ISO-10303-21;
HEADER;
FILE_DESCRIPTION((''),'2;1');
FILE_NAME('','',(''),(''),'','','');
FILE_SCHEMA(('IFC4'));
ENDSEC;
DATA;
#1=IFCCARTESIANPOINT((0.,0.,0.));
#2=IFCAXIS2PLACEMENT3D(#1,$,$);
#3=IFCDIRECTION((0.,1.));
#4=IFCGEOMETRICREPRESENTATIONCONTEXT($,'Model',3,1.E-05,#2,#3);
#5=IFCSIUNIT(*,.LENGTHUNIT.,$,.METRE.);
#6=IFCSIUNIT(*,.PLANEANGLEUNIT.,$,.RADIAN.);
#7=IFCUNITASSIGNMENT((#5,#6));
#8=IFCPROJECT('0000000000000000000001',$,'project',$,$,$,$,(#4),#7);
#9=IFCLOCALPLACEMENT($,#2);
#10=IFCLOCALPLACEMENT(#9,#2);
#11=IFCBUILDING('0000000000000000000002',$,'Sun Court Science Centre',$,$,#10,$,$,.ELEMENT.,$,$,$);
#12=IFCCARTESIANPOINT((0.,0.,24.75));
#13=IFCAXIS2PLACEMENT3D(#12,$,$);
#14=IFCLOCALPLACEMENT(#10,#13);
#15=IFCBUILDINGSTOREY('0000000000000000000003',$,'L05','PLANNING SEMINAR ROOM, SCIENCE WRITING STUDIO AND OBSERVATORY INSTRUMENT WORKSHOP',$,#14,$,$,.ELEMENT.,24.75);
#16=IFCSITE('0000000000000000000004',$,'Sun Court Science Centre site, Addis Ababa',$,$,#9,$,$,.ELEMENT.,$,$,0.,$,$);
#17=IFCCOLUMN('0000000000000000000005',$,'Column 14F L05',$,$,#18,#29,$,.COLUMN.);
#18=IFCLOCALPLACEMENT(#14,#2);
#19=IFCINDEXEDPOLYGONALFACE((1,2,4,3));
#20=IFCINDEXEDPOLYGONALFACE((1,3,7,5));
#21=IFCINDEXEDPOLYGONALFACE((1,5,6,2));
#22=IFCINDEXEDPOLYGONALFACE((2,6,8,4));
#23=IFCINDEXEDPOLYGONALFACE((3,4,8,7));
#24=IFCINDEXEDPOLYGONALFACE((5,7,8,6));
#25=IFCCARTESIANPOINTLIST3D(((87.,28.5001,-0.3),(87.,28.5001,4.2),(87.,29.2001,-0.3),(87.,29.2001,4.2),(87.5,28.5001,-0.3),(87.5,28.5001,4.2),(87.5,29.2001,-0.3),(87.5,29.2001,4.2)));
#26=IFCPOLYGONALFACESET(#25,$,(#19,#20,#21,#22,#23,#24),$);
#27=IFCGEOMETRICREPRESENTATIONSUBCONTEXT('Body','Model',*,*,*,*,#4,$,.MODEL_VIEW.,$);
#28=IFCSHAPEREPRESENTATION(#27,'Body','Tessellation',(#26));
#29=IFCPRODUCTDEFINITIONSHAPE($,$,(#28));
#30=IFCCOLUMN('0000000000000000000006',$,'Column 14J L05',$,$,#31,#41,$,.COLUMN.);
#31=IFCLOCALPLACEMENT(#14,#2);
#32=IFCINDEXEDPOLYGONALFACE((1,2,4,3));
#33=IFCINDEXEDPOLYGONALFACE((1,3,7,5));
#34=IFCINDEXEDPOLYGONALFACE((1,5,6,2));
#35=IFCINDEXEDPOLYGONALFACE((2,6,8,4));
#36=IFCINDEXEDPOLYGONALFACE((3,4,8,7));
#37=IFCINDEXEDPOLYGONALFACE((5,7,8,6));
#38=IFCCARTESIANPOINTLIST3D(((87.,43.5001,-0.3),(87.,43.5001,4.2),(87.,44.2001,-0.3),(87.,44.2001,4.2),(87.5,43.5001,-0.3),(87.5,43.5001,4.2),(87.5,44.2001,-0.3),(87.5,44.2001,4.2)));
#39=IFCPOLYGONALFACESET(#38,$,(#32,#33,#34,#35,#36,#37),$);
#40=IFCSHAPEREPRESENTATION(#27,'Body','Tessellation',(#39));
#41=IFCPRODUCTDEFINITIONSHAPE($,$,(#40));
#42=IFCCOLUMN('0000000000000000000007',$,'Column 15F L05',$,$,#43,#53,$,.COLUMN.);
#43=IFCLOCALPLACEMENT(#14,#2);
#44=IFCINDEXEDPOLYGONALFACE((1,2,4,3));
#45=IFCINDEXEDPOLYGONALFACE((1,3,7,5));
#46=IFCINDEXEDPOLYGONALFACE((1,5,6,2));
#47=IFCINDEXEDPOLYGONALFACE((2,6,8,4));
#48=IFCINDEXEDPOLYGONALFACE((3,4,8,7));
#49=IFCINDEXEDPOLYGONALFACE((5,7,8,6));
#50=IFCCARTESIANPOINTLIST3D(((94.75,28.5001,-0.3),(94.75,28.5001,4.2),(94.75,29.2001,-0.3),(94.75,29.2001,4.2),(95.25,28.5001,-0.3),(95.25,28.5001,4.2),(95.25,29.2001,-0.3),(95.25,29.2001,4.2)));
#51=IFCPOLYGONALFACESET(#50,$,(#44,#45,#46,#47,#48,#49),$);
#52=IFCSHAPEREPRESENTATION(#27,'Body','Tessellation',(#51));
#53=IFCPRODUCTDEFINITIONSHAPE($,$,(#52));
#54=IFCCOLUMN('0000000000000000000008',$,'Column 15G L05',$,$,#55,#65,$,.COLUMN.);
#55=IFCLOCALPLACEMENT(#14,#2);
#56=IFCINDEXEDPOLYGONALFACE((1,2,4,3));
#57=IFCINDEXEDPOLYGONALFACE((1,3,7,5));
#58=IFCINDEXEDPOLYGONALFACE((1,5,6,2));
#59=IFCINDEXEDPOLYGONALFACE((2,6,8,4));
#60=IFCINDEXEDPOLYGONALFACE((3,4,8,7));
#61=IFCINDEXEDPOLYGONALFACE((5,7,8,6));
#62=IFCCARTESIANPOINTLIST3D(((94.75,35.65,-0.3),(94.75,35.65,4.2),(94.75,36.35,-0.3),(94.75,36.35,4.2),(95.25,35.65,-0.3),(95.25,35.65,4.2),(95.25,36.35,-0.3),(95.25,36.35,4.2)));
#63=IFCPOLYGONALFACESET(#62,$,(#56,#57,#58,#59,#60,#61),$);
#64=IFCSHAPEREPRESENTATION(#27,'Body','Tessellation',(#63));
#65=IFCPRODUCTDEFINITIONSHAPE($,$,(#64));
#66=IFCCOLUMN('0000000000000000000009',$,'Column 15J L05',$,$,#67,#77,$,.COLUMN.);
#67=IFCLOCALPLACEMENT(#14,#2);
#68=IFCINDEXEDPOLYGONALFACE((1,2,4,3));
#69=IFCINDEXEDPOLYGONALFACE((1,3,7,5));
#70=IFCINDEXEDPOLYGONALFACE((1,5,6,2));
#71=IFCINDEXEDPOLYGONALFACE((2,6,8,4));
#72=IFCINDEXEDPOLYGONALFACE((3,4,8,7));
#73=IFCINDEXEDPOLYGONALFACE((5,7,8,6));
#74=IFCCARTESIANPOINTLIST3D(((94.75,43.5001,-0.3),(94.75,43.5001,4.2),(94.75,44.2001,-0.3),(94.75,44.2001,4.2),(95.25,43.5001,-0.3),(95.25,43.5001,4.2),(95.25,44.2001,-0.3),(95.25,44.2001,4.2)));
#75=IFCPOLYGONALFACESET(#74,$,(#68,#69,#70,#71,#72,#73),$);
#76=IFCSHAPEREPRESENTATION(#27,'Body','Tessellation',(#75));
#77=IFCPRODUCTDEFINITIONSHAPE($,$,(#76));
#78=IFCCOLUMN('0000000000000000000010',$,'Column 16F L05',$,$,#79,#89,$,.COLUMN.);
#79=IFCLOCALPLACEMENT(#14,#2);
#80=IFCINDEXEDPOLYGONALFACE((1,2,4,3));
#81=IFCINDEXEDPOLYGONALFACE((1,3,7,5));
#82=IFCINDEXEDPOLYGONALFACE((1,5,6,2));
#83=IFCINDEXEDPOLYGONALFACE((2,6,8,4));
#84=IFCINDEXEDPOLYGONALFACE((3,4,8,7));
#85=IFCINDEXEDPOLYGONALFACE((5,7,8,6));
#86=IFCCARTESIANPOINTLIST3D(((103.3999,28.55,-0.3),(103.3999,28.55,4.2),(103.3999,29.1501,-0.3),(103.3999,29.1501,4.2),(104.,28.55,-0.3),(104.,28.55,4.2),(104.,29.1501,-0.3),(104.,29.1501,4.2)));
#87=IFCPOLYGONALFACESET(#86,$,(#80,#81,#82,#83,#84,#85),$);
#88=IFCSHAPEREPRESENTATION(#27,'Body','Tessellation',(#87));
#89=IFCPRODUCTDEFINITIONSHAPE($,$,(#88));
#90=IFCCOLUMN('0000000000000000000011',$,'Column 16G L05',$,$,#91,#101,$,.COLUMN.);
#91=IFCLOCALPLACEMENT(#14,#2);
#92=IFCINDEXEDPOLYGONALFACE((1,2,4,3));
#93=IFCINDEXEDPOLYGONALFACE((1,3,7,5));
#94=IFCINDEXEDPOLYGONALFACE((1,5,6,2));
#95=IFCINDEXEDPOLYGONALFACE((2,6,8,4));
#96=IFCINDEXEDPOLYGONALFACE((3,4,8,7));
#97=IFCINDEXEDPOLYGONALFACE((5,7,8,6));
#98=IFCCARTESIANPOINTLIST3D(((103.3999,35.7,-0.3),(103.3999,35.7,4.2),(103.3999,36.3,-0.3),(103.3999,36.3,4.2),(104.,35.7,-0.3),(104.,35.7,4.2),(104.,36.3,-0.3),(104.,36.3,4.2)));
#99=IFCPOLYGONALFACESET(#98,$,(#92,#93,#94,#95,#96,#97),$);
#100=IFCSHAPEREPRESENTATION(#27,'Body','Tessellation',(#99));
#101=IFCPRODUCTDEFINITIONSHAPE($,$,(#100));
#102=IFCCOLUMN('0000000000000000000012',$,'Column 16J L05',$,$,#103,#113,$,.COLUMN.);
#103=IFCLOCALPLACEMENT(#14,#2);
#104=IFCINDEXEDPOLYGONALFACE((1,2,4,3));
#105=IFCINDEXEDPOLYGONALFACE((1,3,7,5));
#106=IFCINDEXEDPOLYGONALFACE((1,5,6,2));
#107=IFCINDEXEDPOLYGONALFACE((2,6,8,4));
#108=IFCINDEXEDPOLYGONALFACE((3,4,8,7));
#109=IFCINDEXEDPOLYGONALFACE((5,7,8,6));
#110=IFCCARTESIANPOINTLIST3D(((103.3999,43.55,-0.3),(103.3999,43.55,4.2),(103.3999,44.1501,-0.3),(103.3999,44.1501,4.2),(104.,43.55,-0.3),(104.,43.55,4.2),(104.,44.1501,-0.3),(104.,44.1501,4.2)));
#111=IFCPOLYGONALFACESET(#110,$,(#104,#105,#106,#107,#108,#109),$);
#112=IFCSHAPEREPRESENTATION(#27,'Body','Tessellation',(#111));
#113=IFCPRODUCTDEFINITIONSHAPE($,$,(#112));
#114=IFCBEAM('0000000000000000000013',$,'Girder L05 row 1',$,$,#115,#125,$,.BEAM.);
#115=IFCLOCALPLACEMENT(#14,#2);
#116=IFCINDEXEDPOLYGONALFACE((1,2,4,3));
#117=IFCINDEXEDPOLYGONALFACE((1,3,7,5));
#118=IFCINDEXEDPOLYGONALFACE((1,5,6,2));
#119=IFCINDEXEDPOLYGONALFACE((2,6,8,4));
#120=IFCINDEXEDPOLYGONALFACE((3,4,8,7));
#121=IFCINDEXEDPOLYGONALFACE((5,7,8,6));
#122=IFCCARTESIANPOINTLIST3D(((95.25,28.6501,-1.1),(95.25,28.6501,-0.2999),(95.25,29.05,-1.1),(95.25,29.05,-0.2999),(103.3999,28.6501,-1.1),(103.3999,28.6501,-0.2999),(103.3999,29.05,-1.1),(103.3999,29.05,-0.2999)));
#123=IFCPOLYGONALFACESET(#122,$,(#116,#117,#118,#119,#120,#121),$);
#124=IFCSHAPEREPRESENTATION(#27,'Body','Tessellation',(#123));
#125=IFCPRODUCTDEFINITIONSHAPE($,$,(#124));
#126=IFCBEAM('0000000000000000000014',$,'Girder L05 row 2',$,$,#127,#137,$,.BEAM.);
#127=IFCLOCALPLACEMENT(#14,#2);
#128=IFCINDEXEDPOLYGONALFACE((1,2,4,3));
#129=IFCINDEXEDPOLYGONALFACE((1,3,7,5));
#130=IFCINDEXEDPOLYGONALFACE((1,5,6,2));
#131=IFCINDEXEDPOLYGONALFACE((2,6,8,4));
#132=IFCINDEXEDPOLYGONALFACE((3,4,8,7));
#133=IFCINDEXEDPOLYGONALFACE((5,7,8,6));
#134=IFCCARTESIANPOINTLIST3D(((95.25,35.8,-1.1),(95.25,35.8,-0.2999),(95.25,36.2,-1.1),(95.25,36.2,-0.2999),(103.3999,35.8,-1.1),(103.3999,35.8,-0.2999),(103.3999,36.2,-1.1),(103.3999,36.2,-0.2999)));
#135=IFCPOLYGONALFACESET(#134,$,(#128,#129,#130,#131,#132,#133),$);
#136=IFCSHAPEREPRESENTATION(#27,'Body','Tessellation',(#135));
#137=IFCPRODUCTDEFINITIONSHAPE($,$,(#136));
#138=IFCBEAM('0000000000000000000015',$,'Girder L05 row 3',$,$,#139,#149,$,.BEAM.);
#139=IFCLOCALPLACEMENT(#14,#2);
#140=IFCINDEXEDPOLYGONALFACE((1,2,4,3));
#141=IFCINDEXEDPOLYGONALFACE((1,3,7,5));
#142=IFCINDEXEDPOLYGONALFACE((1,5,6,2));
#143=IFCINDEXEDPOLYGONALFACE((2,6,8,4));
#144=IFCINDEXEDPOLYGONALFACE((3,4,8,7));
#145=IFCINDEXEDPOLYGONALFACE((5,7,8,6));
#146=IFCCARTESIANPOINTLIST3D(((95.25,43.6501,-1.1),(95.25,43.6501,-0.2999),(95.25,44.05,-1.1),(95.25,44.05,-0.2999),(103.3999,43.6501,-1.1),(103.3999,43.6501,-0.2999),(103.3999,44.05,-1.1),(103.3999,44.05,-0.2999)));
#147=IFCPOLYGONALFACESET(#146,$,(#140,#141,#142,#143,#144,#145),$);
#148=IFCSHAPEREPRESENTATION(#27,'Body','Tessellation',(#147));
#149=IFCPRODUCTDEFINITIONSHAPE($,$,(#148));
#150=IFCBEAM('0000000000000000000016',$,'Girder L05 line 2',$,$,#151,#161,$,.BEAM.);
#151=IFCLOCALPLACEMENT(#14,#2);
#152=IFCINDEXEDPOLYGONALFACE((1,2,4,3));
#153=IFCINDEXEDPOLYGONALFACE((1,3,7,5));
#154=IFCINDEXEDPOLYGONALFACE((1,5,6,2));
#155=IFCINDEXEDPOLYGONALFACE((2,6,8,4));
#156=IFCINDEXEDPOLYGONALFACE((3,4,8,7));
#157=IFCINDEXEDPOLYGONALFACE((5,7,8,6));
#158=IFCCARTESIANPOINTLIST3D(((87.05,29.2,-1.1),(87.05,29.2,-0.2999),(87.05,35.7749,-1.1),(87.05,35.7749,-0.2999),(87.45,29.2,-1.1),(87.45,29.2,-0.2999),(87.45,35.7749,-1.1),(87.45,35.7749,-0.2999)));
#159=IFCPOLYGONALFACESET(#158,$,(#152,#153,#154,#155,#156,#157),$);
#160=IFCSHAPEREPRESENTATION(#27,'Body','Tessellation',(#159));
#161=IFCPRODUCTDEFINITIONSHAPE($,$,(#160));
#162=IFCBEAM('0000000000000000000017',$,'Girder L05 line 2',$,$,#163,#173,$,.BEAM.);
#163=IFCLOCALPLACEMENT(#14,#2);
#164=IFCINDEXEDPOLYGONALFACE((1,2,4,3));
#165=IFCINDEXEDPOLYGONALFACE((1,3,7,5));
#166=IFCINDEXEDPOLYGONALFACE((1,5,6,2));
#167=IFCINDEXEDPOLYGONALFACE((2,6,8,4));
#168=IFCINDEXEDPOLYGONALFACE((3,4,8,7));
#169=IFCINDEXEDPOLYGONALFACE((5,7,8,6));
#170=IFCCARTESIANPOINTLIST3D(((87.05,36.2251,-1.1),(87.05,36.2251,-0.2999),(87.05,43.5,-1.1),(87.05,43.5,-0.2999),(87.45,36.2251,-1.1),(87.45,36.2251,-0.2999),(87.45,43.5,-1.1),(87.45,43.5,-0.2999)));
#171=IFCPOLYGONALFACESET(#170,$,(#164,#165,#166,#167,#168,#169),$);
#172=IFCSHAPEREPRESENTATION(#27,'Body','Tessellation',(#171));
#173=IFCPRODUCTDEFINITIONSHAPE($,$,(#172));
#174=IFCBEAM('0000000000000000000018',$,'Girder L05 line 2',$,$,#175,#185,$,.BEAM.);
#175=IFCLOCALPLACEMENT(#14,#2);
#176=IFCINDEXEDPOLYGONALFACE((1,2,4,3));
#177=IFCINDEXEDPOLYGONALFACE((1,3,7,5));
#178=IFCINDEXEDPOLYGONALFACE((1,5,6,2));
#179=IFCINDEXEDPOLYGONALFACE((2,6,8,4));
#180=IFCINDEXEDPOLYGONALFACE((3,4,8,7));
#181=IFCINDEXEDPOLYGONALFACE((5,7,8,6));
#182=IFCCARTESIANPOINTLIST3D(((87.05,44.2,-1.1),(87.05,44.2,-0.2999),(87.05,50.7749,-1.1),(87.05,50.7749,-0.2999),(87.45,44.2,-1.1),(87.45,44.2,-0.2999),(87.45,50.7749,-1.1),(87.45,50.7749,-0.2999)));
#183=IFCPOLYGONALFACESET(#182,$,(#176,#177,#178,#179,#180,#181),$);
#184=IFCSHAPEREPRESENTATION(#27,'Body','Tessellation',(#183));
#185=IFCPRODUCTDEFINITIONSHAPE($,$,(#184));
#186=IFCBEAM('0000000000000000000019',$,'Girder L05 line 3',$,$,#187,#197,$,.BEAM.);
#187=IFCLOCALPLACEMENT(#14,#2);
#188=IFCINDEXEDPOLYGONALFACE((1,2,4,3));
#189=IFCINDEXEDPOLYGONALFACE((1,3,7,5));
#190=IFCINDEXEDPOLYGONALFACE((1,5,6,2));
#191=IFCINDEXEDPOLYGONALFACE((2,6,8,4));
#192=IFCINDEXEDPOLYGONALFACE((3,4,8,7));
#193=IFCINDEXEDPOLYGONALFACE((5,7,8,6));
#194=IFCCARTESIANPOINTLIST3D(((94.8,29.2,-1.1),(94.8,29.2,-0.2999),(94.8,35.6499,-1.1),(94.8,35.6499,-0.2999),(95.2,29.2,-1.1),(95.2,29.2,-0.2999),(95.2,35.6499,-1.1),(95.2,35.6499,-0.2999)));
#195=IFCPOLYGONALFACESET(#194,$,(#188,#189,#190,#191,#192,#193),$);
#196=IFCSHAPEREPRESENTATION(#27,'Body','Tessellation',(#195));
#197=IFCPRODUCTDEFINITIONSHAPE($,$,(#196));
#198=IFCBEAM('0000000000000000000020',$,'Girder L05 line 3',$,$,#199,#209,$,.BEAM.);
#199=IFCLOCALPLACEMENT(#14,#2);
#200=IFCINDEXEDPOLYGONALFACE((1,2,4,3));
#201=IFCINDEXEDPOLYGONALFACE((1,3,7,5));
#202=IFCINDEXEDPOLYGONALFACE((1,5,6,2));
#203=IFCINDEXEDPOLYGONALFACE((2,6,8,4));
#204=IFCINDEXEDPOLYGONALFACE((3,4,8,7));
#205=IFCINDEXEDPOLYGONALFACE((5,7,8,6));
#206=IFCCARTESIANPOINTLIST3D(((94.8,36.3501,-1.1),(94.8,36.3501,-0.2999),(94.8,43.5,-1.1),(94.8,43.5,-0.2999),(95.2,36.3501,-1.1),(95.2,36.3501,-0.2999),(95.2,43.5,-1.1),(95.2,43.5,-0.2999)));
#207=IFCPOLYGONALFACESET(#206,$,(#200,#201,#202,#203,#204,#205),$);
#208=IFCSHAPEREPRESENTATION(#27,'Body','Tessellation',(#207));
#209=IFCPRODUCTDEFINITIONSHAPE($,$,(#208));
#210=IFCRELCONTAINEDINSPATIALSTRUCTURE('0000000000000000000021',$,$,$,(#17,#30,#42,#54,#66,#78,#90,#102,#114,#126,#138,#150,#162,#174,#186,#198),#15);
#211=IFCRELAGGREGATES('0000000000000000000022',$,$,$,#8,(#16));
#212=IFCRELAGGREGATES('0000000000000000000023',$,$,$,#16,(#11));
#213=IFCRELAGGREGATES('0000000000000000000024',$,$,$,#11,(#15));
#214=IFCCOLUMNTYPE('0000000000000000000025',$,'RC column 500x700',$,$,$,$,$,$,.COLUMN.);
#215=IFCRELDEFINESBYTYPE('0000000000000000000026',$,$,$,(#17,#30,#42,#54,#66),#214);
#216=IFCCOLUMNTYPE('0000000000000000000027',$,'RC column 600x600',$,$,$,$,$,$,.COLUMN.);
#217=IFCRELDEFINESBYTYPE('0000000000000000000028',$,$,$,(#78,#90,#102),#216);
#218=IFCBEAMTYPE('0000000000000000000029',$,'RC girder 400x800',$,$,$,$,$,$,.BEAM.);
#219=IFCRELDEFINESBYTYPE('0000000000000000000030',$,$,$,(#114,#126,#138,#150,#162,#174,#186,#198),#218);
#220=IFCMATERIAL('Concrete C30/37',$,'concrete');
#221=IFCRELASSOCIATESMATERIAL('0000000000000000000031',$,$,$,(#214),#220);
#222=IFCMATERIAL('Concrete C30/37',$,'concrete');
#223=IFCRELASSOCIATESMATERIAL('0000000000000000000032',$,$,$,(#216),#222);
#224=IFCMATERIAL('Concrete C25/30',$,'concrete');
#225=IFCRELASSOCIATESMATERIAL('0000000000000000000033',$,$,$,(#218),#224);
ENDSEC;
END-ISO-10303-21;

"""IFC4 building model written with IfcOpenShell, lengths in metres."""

from ifc_helpers import new_model, si_unit, direction, frame, origin, origin_2d, place, context, subcontext, project, spatial, rectangle, extrude, material, material_profile, profile_set, type_object, element, save


model = new_model("IFC4")

# Units and contexts
model_context = context("Model", 3, precision=1e-05, world=origin(), true_north=direction((0.0, 1.0)))
body_context = subcontext(model_context, "Body", "Model", "MODEL_VIEW")
ifc_project = project(units=[si_unit("LENGTHUNIT", "METRE"), si_unit("PLANEANGLEUNIT", "RADIAN")], contexts=[model_context])

# Site, building, storey
site_placement = place(None, origin())
site = spatial("IfcSite", under=ifc_project, at=site_placement, Name="Sun Court Science Centre site, Addis Ababa", CompositionType="ELEMENT", RefElevation=0.0)
building_placement = place(site_placement, origin())
building = spatial("IfcBuilding", under=site, at=building_placement, Name="Sun Court Science Centre", CompositionType="ELEMENT")
storey_placement = place(building_placement, frame((0.0, 0.0, 24.75)))
storey = spatial("IfcBuildingStorey", under=building, at=storey_placement, Name="L05", Description="PLANNING SEMINAR ROOM, SCIENCE WRITING STUDIO AND OBSERVATORY INSTRUMENT WORKSHOP", CompositionType="ELEMENT", Elevation=24.75)

# Columns
ifc_material_1 = material(Name="Concrete C30/37", Category="concrete")
ifc_material_profile_1 = material_profile(ifc_material_1, rectangle(XDim=0.5, YDim=0.7, at=origin_2d()), Name="RC 500x700")
ifc_profile_set_1 = profile_set([ifc_material_profile_1], Name="Concrete C30/37")
column_type_1 = type_object("IfcColumnType", Name="RC column 500x700", PredefinedType="COLUMN", material=ifc_profile_set_1)
for number, where, z_axis, x_axis, name in (
    (1, (87.25, 28.8501, -0.3), (0.0, 0.0, 1.0), (1.0, 0.0, 0.0), "Column 14F L05"),
    (2, (87.25, 43.8501, -0.3), (0.0, 0.0, 1.0), (1.0, 0.0, 0.0), "Column 14J L05"),
    (3, (95.0, 28.8501, -0.3), (0.0, 0.0, 1.0), (1.0, 0.0, 0.0), "Column 15F L05"),
    (4, (95.0, 36.0, -0.3), (0.0, 0.0, 1.0), (1.0, 0.0, 0.0), "Column 15G L05"),
    (5, (95.0, 43.8501, -0.3), (0.0, 0.0, 1.0), (1.0, 0.0, 0.0), "Column 15J L05"),
):
    element("IfcColumn", number, at=place(storey_placement, frame(where, z_axis=z_axis, x_axis=x_axis)), inside=storey, type_object=column_type_1, Name=name, PredefinedType="COLUMN", context=body_context, shape_type="SweptSolid", body=[
        extrude(rectangle(XDim=0.5, YDim=0.7, at=origin_2d()), origin(), (0.0, 0.0, 1.0), 4.5),
    ])
ifc_material_2 = material(Name="Concrete C30/37", Category="concrete")
ifc_material_profile_2 = material_profile(ifc_material_2, rectangle(XDim=0.6001, YDim=0.6001, at=origin_2d()), Name="RC 600x600")
ifc_profile_set_2 = profile_set([ifc_material_profile_2], Name="Concrete C30/37")
column_type_2 = type_object("IfcColumnType", Name="RC column 600x600", PredefinedType="COLUMN", material=ifc_profile_set_2)
for number, where, z_axis, x_axis, name in (
    (6, (103.7, 28.8501, -0.3), (0.0, 0.0, 1.0), (1.0, 0.0, 0.0), "Column 16F L05"),
    (7, (103.7, 36.0, -0.3), (0.0, 0.0, 1.0), (1.0, 0.0, 0.0), "Column 16G L05"),
    (8, (103.7, 43.8501, -0.3), (0.0, 0.0, 1.0), (1.0, 0.0, 0.0), "Column 16J L05"),
):
    element("IfcColumn", number, at=place(storey_placement, frame(where, z_axis=z_axis, x_axis=x_axis)), inside=storey, type_object=column_type_2, Name=name, PredefinedType="COLUMN", context=body_context, shape_type="SweptSolid", body=[
        extrude(rectangle(XDim=0.6001, YDim=0.6001, at=origin_2d()), origin(), (0.0, 0.0, 1.0), 4.5),
    ])

# Beams
ifc_material_3 = material(Name="Concrete C25/30", Category="concrete")
ifc_material_profile_3 = material_profile(ifc_material_3, rectangle(XDim=0.3999, YDim=0.8, at=origin_2d()), Name="RC 400x800")
ifc_profile_set_3 = profile_set([ifc_material_profile_3], Name="Concrete C25/30")
beam_type_1 = type_object("IfcBeamType", Name="RC girder 400x800", PredefinedType="BEAM", material=ifc_profile_set_3)
for number, where, z_axis, x_axis, name in (
    (9, (95.25, 28.8501, -0.7), (1.0, 0.0, 0.0), (0.0, 1.0, 0.0), "Girder L05 row 1"),
    (10, (95.25, 36.0, -0.7), (1.0, 0.0, 0.0), (0.0, 1.0, 0.0), "Girder L05 row 2"),
    (11, (95.25, 43.8501, -0.7), (1.0, 0.0, 0.0), (0.0, 1.0, 0.0), "Girder L05 row 3"),
):
    element("IfcBeam", number, at=place(storey_placement, frame(where, z_axis=z_axis, x_axis=x_axis)), inside=storey, type_object=beam_type_1, Name=name, PredefinedType="BEAM", context=body_context, shape_type="SweptSolid", body=[
        extrude(rectangle(XDim=0.3999, YDim=0.8, at=origin_2d()), origin(), (0.0, 0.0, 1.0), 8.1499),
    ])
beam_1_placement = place(storey_placement, frame((87.25, 29.2, -0.7), z_axis=(0.0, 1.0, 0.0), x_axis=(-1.0, 0.0, 0.0)))
element("IfcBeam", 12, at=beam_1_placement, inside=storey, type_object=beam_type_1, Name="Girder L05 line 2", PredefinedType="BEAM", context=body_context, shape_type="SweptSolid", body=[
    extrude(rectangle(XDim=0.3999, YDim=0.8, at=origin_2d()), origin(), (0.0, 0.0, 1.0), 6.575),
])
beam_2_placement = place(storey_placement, frame((87.25, 36.2251, -0.7), z_axis=(0.0, 1.0, 0.0), x_axis=(-1.0, 0.0, 0.0)))
element("IfcBeam", 13, at=beam_2_placement, inside=storey, type_object=beam_type_1, Name="Girder L05 line 2", PredefinedType="BEAM", context=body_context, shape_type="SweptSolid", body=[
    extrude(rectangle(XDim=0.3999, YDim=0.8, at=origin_2d()), origin(), (0.0, 0.0, 1.0), 7.2749),
])
beam_3_placement = place(storey_placement, frame((87.25, 44.2, -0.7), z_axis=(0.0, 1.0, 0.0), x_axis=(-1.0, 0.0, 0.0)))
element("IfcBeam", 14, at=beam_3_placement, inside=storey, type_object=beam_type_1, Name="Girder L05 line 2", PredefinedType="BEAM", context=body_context, shape_type="SweptSolid", body=[
    extrude(rectangle(XDim=0.3999, YDim=0.8, at=origin_2d()), origin(), (0.0, 0.0, 1.0), 6.575),
])
beam_4_placement = place(storey_placement, frame((95.0, 29.2, -0.7), z_axis=(0.0, 1.0, 0.0), x_axis=(-1.0, 0.0, 0.0)))
element("IfcBeam", 15, at=beam_4_placement, inside=storey, type_object=beam_type_1, Name="Girder L05 line 3", PredefinedType="BEAM", context=body_context, shape_type="SweptSolid", body=[
    extrude(rectangle(XDim=0.3999, YDim=0.8, at=origin_2d()), origin(), (0.0, 0.0, 1.0), 6.45),
])
beam_5_placement = place(storey_placement, frame((95.0, 36.3501, -0.7), z_axis=(0.0, 1.0, 0.0), x_axis=(-1.0, 0.0, 0.0)))
element("IfcBeam", 16, at=beam_5_placement, inside=storey, type_object=beam_type_1, Name="Girder L05 line 3", PredefinedType="BEAM", context=body_context, shape_type="SweptSolid", body=[
    extrude(rectangle(XDim=0.3999, YDim=0.8, at=origin_2d()), origin(), (0.0, 0.0, 1.0), 7.1499),
])

save(model, "model.ifc")
